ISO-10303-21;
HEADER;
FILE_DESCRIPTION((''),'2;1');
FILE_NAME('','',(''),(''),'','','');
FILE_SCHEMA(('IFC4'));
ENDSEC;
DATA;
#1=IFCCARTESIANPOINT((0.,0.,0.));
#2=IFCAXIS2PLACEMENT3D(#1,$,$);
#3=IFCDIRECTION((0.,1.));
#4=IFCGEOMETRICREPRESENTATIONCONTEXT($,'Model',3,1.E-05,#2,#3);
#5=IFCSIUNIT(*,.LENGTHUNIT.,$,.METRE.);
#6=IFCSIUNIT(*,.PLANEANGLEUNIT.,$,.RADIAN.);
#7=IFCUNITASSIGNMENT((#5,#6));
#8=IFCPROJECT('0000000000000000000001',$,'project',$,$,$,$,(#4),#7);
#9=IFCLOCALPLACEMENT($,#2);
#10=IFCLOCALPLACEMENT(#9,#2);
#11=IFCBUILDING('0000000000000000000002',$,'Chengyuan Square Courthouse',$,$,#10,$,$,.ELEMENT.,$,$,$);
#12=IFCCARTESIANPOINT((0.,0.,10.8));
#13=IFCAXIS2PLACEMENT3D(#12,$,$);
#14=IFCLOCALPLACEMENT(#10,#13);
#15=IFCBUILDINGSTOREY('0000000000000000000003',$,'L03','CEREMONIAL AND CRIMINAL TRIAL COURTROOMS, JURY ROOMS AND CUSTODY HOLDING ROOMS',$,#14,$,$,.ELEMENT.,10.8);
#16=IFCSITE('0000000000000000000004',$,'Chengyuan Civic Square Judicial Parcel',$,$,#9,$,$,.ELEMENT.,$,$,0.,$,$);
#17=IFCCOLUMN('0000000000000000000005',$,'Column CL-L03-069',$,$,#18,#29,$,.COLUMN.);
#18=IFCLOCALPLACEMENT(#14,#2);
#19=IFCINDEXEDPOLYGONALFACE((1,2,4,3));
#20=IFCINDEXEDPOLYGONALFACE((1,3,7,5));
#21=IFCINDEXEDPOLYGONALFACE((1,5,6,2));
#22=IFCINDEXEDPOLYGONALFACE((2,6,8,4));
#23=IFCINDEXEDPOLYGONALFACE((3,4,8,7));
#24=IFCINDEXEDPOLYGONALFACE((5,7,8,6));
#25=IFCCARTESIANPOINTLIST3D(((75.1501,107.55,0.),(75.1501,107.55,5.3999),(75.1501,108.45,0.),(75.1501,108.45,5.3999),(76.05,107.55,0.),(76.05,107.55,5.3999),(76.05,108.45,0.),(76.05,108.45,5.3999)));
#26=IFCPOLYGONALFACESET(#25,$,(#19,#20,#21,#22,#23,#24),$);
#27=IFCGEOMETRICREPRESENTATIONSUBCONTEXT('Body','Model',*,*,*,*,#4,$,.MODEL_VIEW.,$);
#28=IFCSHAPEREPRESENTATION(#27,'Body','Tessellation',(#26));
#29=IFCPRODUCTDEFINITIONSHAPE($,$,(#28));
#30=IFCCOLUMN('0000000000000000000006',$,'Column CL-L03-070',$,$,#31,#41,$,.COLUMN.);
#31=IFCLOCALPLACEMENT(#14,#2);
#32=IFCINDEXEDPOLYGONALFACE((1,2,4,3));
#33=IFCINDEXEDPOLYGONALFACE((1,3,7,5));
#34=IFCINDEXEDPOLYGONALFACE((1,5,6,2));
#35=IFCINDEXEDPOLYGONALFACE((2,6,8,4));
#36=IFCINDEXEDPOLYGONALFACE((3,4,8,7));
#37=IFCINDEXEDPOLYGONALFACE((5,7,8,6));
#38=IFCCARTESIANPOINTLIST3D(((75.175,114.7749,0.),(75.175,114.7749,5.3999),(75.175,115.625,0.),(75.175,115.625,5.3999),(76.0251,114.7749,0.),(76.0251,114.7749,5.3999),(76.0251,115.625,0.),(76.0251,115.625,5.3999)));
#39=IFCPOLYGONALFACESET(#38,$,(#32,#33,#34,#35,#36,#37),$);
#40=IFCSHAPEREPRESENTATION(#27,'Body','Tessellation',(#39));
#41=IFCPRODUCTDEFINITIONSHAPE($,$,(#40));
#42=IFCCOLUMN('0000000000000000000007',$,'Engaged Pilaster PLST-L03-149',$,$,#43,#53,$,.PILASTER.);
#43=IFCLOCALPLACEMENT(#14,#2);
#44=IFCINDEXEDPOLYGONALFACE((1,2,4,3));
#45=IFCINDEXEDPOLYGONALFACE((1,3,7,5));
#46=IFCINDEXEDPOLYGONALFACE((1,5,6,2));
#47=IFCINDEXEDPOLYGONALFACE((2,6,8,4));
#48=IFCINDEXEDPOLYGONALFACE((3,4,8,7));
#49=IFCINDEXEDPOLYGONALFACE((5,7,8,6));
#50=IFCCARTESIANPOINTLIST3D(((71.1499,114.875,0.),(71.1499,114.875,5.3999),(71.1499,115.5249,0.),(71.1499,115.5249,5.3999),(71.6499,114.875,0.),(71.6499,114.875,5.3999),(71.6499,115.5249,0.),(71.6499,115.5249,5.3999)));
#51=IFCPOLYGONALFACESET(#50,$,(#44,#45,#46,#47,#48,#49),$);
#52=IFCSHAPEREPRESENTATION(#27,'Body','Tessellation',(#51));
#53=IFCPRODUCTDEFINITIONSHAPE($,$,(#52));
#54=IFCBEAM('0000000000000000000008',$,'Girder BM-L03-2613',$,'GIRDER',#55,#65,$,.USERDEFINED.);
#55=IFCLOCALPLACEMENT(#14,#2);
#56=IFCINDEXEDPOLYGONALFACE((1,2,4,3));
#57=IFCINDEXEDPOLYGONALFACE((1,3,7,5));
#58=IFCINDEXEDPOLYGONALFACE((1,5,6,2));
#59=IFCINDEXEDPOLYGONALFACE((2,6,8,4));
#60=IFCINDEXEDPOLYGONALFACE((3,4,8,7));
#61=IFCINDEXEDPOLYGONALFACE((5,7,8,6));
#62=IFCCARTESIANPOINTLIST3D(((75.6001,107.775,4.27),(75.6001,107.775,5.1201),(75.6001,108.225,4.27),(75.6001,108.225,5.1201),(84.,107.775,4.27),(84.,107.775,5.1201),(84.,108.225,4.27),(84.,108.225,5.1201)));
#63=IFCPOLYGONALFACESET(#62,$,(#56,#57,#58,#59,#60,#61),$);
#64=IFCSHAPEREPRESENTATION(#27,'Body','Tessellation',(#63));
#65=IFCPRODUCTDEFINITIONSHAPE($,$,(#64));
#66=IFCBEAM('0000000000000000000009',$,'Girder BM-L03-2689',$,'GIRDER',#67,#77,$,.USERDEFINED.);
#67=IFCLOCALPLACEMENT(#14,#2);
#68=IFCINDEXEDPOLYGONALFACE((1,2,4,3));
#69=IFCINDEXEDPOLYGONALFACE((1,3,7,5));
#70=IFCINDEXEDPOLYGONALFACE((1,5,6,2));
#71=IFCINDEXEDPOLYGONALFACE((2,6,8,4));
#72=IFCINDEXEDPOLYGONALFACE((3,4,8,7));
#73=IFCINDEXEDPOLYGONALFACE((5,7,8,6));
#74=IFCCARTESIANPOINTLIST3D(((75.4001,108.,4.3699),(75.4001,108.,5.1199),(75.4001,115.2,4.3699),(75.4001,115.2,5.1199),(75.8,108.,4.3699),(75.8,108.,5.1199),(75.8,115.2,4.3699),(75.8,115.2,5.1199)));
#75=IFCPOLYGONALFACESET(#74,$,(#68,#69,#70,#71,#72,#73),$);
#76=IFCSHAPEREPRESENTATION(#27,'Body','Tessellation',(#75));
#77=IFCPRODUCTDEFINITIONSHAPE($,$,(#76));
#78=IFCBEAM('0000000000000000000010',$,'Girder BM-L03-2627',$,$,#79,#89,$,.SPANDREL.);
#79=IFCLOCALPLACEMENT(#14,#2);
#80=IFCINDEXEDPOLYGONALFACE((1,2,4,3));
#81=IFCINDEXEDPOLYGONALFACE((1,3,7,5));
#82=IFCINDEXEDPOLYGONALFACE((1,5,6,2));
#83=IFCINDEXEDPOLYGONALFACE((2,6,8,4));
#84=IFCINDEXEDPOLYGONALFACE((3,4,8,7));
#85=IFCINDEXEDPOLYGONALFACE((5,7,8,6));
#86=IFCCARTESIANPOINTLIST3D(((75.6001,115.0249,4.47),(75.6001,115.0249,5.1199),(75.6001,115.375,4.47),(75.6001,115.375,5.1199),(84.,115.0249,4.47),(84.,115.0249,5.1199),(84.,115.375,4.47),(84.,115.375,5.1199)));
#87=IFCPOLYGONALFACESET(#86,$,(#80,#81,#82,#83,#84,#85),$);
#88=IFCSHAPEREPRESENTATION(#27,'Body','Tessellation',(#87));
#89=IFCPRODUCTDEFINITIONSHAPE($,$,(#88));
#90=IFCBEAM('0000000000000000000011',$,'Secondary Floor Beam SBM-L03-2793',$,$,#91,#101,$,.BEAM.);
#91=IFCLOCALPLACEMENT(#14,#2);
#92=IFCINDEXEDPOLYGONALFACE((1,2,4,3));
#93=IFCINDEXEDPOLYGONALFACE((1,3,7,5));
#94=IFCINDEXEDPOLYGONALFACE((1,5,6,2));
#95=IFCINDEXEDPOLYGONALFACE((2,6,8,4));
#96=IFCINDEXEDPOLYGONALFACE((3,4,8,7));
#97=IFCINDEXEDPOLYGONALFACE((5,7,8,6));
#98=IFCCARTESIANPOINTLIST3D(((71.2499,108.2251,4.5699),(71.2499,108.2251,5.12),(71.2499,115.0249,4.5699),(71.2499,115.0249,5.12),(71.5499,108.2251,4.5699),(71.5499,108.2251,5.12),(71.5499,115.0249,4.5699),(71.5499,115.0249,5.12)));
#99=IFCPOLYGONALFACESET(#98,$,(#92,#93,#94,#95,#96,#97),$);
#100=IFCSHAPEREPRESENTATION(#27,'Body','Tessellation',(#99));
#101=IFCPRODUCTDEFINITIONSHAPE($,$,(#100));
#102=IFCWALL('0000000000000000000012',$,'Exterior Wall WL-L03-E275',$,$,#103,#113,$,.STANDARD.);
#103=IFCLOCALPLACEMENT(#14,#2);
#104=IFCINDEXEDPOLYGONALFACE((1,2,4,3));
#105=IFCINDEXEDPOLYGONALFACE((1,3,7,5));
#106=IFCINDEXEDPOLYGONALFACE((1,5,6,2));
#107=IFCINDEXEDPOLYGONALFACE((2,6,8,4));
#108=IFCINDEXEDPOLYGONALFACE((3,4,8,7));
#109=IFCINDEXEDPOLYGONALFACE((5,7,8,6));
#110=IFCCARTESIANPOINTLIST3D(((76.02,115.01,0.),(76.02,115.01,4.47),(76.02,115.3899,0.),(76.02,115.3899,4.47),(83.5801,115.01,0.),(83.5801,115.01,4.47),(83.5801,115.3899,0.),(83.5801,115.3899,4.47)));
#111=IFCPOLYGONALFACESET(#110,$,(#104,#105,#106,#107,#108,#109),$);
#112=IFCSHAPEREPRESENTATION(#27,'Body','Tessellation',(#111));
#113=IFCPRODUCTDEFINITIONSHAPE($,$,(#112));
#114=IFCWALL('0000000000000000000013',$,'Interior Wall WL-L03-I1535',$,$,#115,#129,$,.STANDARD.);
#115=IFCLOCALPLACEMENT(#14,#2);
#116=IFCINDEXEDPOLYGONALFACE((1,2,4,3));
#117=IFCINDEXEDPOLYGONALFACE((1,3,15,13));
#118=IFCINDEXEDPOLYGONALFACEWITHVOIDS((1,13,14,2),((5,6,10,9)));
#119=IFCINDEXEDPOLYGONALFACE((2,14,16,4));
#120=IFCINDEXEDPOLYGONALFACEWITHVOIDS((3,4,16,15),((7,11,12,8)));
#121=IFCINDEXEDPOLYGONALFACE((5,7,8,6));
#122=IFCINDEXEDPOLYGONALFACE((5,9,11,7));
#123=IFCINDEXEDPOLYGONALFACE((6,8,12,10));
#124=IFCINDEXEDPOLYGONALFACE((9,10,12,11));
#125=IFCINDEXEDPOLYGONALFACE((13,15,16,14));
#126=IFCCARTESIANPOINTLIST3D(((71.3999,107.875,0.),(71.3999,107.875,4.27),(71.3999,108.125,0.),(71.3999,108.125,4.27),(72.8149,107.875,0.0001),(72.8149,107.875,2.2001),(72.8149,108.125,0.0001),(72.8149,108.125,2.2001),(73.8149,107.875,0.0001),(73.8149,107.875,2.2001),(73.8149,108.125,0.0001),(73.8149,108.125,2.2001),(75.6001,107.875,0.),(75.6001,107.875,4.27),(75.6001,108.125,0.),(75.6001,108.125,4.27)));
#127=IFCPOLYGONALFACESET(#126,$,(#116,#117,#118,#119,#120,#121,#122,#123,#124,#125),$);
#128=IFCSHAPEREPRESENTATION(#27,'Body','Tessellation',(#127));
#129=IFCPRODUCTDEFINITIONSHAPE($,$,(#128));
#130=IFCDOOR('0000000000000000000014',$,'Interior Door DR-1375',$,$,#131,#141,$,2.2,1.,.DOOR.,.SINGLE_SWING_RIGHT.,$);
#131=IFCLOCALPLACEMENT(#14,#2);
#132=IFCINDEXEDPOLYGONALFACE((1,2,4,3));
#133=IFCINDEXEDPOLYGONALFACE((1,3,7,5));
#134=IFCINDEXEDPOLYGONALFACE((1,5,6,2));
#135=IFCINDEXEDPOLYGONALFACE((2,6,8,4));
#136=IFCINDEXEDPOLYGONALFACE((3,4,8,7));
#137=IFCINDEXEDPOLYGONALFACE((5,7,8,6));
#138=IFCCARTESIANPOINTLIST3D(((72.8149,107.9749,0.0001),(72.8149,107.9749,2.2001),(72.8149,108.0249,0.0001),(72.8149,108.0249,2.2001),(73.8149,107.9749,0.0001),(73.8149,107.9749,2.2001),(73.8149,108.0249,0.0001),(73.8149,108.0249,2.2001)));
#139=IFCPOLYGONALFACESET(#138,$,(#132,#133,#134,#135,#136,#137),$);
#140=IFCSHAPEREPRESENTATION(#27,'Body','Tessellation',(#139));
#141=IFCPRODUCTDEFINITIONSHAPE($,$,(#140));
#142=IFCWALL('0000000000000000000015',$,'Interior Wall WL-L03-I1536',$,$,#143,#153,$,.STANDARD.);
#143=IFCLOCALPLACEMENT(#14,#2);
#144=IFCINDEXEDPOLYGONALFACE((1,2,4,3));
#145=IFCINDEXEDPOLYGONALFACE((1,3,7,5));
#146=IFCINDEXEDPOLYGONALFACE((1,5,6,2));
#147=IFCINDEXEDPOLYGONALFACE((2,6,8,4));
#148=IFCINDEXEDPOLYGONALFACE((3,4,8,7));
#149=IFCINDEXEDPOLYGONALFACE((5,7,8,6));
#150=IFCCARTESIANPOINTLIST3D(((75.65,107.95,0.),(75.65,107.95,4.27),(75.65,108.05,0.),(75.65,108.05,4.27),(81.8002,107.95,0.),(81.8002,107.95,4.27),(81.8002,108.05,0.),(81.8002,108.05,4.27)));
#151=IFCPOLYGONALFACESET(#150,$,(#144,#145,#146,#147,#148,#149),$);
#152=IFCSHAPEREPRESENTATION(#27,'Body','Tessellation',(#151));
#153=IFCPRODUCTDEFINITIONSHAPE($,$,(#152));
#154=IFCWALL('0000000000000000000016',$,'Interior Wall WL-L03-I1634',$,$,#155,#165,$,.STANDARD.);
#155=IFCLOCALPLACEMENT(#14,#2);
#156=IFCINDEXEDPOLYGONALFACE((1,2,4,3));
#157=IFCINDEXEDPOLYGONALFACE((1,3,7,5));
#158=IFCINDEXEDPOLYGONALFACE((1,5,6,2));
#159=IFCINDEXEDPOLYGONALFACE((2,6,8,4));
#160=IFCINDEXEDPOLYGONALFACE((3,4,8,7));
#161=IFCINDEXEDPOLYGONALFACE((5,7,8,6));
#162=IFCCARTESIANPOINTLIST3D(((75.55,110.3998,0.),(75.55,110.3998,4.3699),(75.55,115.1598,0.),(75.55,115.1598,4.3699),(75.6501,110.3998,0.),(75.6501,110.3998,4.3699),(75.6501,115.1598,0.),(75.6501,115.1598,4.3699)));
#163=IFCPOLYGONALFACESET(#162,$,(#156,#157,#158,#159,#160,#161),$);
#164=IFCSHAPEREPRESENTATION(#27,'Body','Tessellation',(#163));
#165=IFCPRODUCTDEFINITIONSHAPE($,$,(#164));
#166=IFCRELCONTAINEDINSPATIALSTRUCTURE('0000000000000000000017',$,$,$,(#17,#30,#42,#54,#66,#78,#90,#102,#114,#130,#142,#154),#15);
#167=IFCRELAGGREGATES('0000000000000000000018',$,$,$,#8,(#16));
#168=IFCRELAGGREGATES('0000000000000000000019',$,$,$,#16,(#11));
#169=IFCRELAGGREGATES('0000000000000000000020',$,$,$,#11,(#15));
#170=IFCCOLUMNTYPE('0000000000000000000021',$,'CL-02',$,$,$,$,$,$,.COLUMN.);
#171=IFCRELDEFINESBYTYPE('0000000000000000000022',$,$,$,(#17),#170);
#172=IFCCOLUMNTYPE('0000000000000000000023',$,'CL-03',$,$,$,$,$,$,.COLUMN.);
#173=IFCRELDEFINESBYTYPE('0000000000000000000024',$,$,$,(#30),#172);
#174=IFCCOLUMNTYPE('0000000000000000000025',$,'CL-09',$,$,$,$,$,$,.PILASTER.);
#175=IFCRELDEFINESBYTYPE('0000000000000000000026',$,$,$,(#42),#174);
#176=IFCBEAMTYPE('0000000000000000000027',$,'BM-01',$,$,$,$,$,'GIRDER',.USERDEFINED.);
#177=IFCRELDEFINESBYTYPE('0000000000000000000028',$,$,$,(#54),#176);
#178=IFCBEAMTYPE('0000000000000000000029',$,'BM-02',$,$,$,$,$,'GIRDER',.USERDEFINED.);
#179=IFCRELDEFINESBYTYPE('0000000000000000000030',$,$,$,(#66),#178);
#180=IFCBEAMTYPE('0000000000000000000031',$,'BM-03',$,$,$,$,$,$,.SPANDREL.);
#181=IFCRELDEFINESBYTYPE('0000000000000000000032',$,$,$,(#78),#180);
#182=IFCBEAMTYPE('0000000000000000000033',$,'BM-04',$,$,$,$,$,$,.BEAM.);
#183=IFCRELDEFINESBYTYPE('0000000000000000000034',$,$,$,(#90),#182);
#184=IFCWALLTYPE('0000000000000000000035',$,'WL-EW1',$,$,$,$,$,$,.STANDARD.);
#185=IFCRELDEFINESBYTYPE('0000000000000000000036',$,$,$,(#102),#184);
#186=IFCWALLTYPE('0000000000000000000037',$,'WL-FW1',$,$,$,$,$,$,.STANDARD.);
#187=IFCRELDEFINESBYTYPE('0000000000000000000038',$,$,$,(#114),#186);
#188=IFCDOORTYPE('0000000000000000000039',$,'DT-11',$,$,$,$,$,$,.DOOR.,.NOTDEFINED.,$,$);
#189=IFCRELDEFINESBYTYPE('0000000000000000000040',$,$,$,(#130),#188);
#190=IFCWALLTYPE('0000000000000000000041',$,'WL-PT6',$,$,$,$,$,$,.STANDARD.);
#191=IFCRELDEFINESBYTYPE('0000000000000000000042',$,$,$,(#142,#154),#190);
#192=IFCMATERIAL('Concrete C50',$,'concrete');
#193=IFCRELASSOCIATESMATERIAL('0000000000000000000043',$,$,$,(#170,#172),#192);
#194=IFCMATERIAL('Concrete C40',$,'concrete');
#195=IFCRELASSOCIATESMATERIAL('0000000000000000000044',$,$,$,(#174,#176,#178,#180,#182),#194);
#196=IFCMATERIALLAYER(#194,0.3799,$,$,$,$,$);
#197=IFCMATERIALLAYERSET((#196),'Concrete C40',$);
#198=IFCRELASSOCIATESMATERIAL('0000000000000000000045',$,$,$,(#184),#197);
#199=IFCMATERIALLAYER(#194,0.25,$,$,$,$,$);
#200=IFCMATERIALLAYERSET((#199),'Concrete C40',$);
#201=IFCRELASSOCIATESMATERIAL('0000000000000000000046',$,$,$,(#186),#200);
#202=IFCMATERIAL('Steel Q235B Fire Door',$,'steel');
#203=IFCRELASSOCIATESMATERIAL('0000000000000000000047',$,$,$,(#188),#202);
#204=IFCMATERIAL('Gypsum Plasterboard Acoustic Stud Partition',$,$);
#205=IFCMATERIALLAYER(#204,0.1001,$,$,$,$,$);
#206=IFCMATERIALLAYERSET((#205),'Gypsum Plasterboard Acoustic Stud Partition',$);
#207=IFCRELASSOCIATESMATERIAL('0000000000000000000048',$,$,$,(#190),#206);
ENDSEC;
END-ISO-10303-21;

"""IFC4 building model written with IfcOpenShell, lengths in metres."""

from ifc_helpers import new_model, si_unit, direction, frame, frame_2d, origin, origin_2d, place, context, subcontext, project, spatial, rectangle, extrude, material, layer, layer_set, material_profile, profile_set, type_object, element, fill, save


model = new_model("IFC4")

# Units and contexts
model_context = context("Model", 3, precision=1e-05, world=origin(), true_north=direction((0.0, 1.0)))
body_context = subcontext(model_context, "Body", "Model", "MODEL_VIEW")
ifc_project = project(units=[si_unit("LENGTHUNIT", "METRE"), si_unit("PLANEANGLEUNIT", "RADIAN")], contexts=[model_context])

# Site, building, storey
site_placement = place(None, origin())
site = spatial("IfcSite", under=ifc_project, at=site_placement, Name="Chengyuan Civic Square Judicial Parcel", CompositionType="ELEMENT", RefElevation=0.0)
building_placement = place(site_placement, origin())
building = spatial("IfcBuilding", under=site, at=building_placement, Name="Chengyuan Square Courthouse", CompositionType="ELEMENT")
storey_placement = place(building_placement, frame((0.0, 0.0, 10.8)))
storey = spatial("IfcBuildingStorey", under=building, at=storey_placement, Name="L03", Description="CEREMONIAL AND CRIMINAL TRIAL COURTROOMS, JURY ROOMS AND CUSTODY HOLDING ROOMS", CompositionType="ELEMENT", Elevation=10.8)

# Columns
ifc_material_1 = material(Name="Concrete C50", Category="concrete")
ifc_material_profile_1 = material_profile(ifc_material_1, rectangle(XDim=0.8999, YDim=0.8999, at=origin_2d()), Name="RC-COL-900x900")
ifc_profile_set_1 = profile_set([ifc_material_profile_1], Name="Concrete C50")
column_type_1 = type_object("IfcColumnType", Name="CL-02", PredefinedType="COLUMN", material=ifc_profile_set_1)
column_1_placement = place(storey_placement, frame((75.6001, 108.0, 0.0), z_axis=(0.0, 0.0, 1.0), x_axis=(1.0, 0.0, 0.0)))
element("IfcColumn", 1, at=column_1_placement, inside=storey, type_object=column_type_1, Name="Column CL-L03-069", PredefinedType="COLUMN", context=body_context, shape_type="SweptSolid", body=[
    extrude(rectangle(XDim=0.8999, YDim=0.8999, at=origin_2d()), origin(), (0.0, 0.0, 1.0), 5.3999),
])
ifc_material_profile_2 = material_profile(ifc_material_1, rectangle(XDim=0.8501, YDim=0.8501, at=origin_2d()), Name="RC-COL-850x850")
ifc_profile_set_2 = profile_set([ifc_material_profile_2], Name="Concrete C50")
column_type_2 = type_object("IfcColumnType", Name="CL-03", PredefinedType="COLUMN", material=ifc_profile_set_2)
column_2_placement = place(storey_placement, frame((75.6001, 115.2, 0.0), z_axis=(0.0, 0.0, 1.0), x_axis=(1.0, 0.0, 0.0)))
element("IfcColumn", 2, at=column_2_placement, inside=storey, type_object=column_type_2, Name="Column CL-L03-070", PredefinedType="COLUMN", context=body_context, shape_type="SweptSolid", body=[
    extrude(rectangle(XDim=0.8501, YDim=0.8501, at=origin_2d()), origin(), (0.0, 0.0, 1.0), 5.3999),
])
ifc_material_2 = material(Name="Concrete C40", Category="concrete")
ifc_material_profile_3 = material_profile(ifc_material_2, rectangle(XDim=0.5, YDim=0.6499, at=origin_2d()), Name="RC-PIL-500x650")
ifc_profile_set_3 = profile_set([ifc_material_profile_3], Name="Concrete C40")
column_type_3 = type_object("IfcColumnType", Name="CL-09", PredefinedType="PILASTER", material=ifc_profile_set_3)
column_3_placement = place(storey_placement, frame((71.3999, 115.2, 0.0), z_axis=(0.0, 0.0, 1.0), x_axis=(1.0, 0.0, 0.0)))
element("IfcColumn", 3, at=column_3_placement, inside=storey, type_object=column_type_3, Name="Engaged Pilaster PLST-L03-149", PredefinedType="PILASTER", context=body_context, shape_type="SweptSolid", body=[
    extrude(rectangle(XDim=0.5, YDim=0.6499, at=origin_2d()), origin(), (0.0, 0.0, 1.0), 5.3999),
])

# Beams
ifc_material_profile_4 = material_profile(ifc_material_2, rectangle(XDim=0.45, YDim=0.8501, at=origin_2d()), Name="RC-BM-450x850")
ifc_profile_set_4 = profile_set([ifc_material_profile_4], Name="Concrete C40")
beam_type_1 = type_object("IfcBeamType", Name="BM-01", ElementType="GIRDER", PredefinedType="USERDEFINED", material=ifc_profile_set_4)
beam_1_placement = place(storey_placement, frame((75.6001, 108.0, 4.6951), z_axis=(1.0, 0.0, 0.0), x_axis=(0.0, 1.0, 0.0)))
element("IfcBeam", 4, at=beam_1_placement, inside=storey, type_object=beam_type_1, Name="Girder BM-L03-2613", ObjectType="GIRDER", PredefinedType="USERDEFINED", context=body_context, shape_type="SweptSolid", body=[
    extrude(rectangle(XDim=0.45, YDim=0.8501, at=origin_2d()), origin(), (0.0, 0.0, 1.0), 8.3999),
])
ifc_material_profile_5 = material_profile(ifc_material_2, rectangle(XDim=0.3999, YDim=0.75, at=origin_2d()), Name="RC-BM-400x750")
ifc_profile_set_5 = profile_set([ifc_material_profile_5], Name="Concrete C40")
beam_type_2 = type_object("IfcBeamType", Name="BM-02", ElementType="GIRDER", PredefinedType="USERDEFINED", material=ifc_profile_set_5)
beam_2_placement = place(storey_placement, frame((75.6001, 108.0, 4.7449), z_axis=(0.0, 1.0, 0.0), x_axis=(-1.0, 0.0, 0.0)))
element("IfcBeam", 5, at=beam_2_placement, inside=storey, type_object=beam_type_2, Name="Girder BM-L03-2689", ObjectType="GIRDER", PredefinedType="USERDEFINED", context=body_context, shape_type="SweptSolid", body=[
    extrude(rectangle(XDim=0.3999, YDim=0.75, at=origin_2d()), origin(), (0.0, 0.0, 1.0), 7.2),
])
ifc_material_profile_6 = material_profile(ifc_material_2, rectangle(XDim=0.3501, YDim=0.6499, at=origin_2d()), Name="RC-BM-350x650")
ifc_profile_set_6 = profile_set([ifc_material_profile_6], Name="Concrete C40")
beam_type_3 = type_object("IfcBeamType", Name="BM-03", PredefinedType="SPANDREL", material=ifc_profile_set_6)
beam_3_placement = place(storey_placement, frame((75.6001, 115.2, 4.7949), z_axis=(1.0, 0.0, 0.0), x_axis=(0.0, 1.0, 0.0)))
element("IfcBeam", 6, at=beam_3_placement, inside=storey, type_object=beam_type_3, Name="Girder BM-L03-2627", PredefinedType="SPANDREL", context=body_context, shape_type="SweptSolid", body=[
    extrude(rectangle(XDim=0.3501, YDim=0.6499, at=origin_2d()), origin(), (0.0, 0.0, 1.0), 8.3999),
])
ifc_material_profile_7 = material_profile(ifc_material_2, rectangle(XDim=0.3, YDim=0.55, at=origin_2d()), Name="RC-BM-300x550")
ifc_profile_set_7 = profile_set([ifc_material_profile_7], Name="Concrete C40")
beam_type_4 = type_object("IfcBeamType", Name="BM-04", PredefinedType="BEAM", material=ifc_profile_set_7)
beam_4_placement = place(storey_placement, frame((71.3999, 108.2251, 4.845), z_axis=(0.0, 1.0, 0.0), x_axis=(-1.0, 0.0, 0.0)))
element("IfcBeam", 7, at=beam_4_placement, inside=storey, type_object=beam_type_4, Name="Secondary Floor Beam SBM-L03-2793", PredefinedType="BEAM", context=body_context, shape_type="SweptSolid", body=[
    extrude(rectangle(XDim=0.3, YDim=0.55, at=origin_2d()), origin(), (0.0, 0.0, 1.0), 6.7998),
])

# Wall
ifc_layer_1 = layer(ifc_material_2, 0.3799)
ifc_layer_set_1 = layer_set([ifc_layer_1], Name="Concrete C40")
wall_type_1 = type_object("IfcWallType", Name="WL-EW1", PredefinedType="STANDARD", material=ifc_layer_set_1)
wall_1_placement = place(storey_placement, frame((76.02, 115.2, 0.0), z_axis=(0.0, 0.0, 1.0), x_axis=(1.0, 0.0, 0.0)))
element("IfcWall", 8, at=wall_1_placement, inside=storey, type_object=wall_type_1, Name="Exterior Wall WL-L03-E275", PredefinedType="STANDARD", context=body_context, shape_type="SweptSolid", body=[
    extrude(rectangle(XDim=7.5601, YDim=0.3799, at=frame_2d((3.78, 0.0))), origin(), (0.0, 0.0, 1.0), 4.47),
])

# Wall, opening, door
ifc_layer_2 = layer(ifc_material_2, 0.25)
ifc_layer_set_2 = layer_set([ifc_layer_2], Name="Concrete C40")
wall_type_2 = type_object("IfcWallType", Name="WL-FW1", PredefinedType="STANDARD", material=ifc_layer_set_2)
wall_2_placement = place(storey_placement, frame((71.3999, 108.0, 0.0), z_axis=(0.0, 0.0, 1.0), x_axis=(1.0, 0.0, 0.0)))
wall_2 = element("IfcWall", 9, at=wall_2_placement, inside=storey, type_object=wall_type_2, Name="Interior Wall WL-L03-I1535", PredefinedType="STANDARD", context=body_context, shape_type="SweptSolid", body=[
    extrude(rectangle(XDim=4.2002, YDim=0.25, at=frame_2d((2.1001, 0.0))), origin(), (0.0, 0.0, 1.0), 4.27),
])
opening_placement = place(wall_2_placement, frame((1.415, 0.0, 0.0)))
opening = element("IfcOpeningElement", 10, at=opening_placement, cuts=wall_2, PredefinedType="OPENING", context=body_context, shape_type="SweptSolid", body=[
    extrude(rectangle(XDim=1.0, YDim=2.2, at=frame_2d((0.5, 1.1001))), frame((0.0, 0.137, 0.0), z_axis=(0.0, -1.0, 0.0), x_axis=(1.0, 0.0, 0.0)), (0.0, 0.0, 1.0), 0.2739),
])
ifc_material_3 = material(Name="Steel Q235B Fire Door", Category="steel")
door_type = type_object("IfcDoorType", Name="DT-11", OperationType="NOTDEFINED", PredefinedType="DOOR", material=ifc_material_3)
door_placement = place(opening_placement, origin())
door = element("IfcDoor", 11, at=door_placement, inside=storey, type_object=door_type, Name="Interior Door DR-1375", OperationType="SINGLE_SWING_RIGHT", OverallHeight=2.2, OverallWidth=1.0, PredefinedType="DOOR", context=body_context, shape_type="SweptSolid", body=[
    extrude(rectangle(XDim=1.0, YDim=2.2, at=frame_2d((0.5, 1.1001))), frame((0.0, 0.0249, 0.0), z_axis=(0.0, -1.0, 0.0), x_axis=(1.0, 0.0, 0.0)), (0.0, 0.0, 1.0), 0.05),
])
fill(opening, door)

# Walls
ifc_material_4 = material(Name="Gypsum Plasterboard Acoustic Stud Partition")
ifc_layer_3 = layer(ifc_material_4, 0.1001)
ifc_layer_set_3 = layer_set([ifc_layer_3], Name="Gypsum Plasterboard Acoustic Stud Partition")
wall_type_3 = type_object("IfcWallType", Name="WL-PT6", PredefinedType="STANDARD", material=ifc_layer_set_3)
wall_3_placement = place(storey_placement, frame((75.6499, 108.0, 0.0), z_axis=(0.0, 0.0, 1.0), x_axis=(1.0, 0.0, 0.0)))
element("IfcWall", 12, at=wall_3_placement, inside=storey, type_object=wall_type_3, Name="Interior Wall WL-L03-I1536", PredefinedType="STANDARD", context=body_context, shape_type="SweptSolid", body=[
    extrude(rectangle(XDim=6.1501, YDim=0.1001, at=frame_2d((3.0752, 0.0))), origin(), (0.0, 0.0, 1.0), 4.27),
])
wall_4_placement = place(storey_placement, frame((75.6001, 110.3999, 0.0), z_axis=(0.0, 0.0, 1.0), x_axis=(0.0, 1.0, 0.0)))
element("IfcWall", 13, at=wall_4_placement, inside=storey, type_object=wall_type_3, Name="Interior Wall WL-L03-I1634", PredefinedType="STANDARD", context=body_context, shape_type="SweptSolid", body=[
    extrude(rectangle(XDim=4.76, YDim=0.1001, at=frame_2d((2.3799, 0.0))), origin(), (0.0, 0.0, 1.0), 4.3699),
])

save(model, "model.ifc")
